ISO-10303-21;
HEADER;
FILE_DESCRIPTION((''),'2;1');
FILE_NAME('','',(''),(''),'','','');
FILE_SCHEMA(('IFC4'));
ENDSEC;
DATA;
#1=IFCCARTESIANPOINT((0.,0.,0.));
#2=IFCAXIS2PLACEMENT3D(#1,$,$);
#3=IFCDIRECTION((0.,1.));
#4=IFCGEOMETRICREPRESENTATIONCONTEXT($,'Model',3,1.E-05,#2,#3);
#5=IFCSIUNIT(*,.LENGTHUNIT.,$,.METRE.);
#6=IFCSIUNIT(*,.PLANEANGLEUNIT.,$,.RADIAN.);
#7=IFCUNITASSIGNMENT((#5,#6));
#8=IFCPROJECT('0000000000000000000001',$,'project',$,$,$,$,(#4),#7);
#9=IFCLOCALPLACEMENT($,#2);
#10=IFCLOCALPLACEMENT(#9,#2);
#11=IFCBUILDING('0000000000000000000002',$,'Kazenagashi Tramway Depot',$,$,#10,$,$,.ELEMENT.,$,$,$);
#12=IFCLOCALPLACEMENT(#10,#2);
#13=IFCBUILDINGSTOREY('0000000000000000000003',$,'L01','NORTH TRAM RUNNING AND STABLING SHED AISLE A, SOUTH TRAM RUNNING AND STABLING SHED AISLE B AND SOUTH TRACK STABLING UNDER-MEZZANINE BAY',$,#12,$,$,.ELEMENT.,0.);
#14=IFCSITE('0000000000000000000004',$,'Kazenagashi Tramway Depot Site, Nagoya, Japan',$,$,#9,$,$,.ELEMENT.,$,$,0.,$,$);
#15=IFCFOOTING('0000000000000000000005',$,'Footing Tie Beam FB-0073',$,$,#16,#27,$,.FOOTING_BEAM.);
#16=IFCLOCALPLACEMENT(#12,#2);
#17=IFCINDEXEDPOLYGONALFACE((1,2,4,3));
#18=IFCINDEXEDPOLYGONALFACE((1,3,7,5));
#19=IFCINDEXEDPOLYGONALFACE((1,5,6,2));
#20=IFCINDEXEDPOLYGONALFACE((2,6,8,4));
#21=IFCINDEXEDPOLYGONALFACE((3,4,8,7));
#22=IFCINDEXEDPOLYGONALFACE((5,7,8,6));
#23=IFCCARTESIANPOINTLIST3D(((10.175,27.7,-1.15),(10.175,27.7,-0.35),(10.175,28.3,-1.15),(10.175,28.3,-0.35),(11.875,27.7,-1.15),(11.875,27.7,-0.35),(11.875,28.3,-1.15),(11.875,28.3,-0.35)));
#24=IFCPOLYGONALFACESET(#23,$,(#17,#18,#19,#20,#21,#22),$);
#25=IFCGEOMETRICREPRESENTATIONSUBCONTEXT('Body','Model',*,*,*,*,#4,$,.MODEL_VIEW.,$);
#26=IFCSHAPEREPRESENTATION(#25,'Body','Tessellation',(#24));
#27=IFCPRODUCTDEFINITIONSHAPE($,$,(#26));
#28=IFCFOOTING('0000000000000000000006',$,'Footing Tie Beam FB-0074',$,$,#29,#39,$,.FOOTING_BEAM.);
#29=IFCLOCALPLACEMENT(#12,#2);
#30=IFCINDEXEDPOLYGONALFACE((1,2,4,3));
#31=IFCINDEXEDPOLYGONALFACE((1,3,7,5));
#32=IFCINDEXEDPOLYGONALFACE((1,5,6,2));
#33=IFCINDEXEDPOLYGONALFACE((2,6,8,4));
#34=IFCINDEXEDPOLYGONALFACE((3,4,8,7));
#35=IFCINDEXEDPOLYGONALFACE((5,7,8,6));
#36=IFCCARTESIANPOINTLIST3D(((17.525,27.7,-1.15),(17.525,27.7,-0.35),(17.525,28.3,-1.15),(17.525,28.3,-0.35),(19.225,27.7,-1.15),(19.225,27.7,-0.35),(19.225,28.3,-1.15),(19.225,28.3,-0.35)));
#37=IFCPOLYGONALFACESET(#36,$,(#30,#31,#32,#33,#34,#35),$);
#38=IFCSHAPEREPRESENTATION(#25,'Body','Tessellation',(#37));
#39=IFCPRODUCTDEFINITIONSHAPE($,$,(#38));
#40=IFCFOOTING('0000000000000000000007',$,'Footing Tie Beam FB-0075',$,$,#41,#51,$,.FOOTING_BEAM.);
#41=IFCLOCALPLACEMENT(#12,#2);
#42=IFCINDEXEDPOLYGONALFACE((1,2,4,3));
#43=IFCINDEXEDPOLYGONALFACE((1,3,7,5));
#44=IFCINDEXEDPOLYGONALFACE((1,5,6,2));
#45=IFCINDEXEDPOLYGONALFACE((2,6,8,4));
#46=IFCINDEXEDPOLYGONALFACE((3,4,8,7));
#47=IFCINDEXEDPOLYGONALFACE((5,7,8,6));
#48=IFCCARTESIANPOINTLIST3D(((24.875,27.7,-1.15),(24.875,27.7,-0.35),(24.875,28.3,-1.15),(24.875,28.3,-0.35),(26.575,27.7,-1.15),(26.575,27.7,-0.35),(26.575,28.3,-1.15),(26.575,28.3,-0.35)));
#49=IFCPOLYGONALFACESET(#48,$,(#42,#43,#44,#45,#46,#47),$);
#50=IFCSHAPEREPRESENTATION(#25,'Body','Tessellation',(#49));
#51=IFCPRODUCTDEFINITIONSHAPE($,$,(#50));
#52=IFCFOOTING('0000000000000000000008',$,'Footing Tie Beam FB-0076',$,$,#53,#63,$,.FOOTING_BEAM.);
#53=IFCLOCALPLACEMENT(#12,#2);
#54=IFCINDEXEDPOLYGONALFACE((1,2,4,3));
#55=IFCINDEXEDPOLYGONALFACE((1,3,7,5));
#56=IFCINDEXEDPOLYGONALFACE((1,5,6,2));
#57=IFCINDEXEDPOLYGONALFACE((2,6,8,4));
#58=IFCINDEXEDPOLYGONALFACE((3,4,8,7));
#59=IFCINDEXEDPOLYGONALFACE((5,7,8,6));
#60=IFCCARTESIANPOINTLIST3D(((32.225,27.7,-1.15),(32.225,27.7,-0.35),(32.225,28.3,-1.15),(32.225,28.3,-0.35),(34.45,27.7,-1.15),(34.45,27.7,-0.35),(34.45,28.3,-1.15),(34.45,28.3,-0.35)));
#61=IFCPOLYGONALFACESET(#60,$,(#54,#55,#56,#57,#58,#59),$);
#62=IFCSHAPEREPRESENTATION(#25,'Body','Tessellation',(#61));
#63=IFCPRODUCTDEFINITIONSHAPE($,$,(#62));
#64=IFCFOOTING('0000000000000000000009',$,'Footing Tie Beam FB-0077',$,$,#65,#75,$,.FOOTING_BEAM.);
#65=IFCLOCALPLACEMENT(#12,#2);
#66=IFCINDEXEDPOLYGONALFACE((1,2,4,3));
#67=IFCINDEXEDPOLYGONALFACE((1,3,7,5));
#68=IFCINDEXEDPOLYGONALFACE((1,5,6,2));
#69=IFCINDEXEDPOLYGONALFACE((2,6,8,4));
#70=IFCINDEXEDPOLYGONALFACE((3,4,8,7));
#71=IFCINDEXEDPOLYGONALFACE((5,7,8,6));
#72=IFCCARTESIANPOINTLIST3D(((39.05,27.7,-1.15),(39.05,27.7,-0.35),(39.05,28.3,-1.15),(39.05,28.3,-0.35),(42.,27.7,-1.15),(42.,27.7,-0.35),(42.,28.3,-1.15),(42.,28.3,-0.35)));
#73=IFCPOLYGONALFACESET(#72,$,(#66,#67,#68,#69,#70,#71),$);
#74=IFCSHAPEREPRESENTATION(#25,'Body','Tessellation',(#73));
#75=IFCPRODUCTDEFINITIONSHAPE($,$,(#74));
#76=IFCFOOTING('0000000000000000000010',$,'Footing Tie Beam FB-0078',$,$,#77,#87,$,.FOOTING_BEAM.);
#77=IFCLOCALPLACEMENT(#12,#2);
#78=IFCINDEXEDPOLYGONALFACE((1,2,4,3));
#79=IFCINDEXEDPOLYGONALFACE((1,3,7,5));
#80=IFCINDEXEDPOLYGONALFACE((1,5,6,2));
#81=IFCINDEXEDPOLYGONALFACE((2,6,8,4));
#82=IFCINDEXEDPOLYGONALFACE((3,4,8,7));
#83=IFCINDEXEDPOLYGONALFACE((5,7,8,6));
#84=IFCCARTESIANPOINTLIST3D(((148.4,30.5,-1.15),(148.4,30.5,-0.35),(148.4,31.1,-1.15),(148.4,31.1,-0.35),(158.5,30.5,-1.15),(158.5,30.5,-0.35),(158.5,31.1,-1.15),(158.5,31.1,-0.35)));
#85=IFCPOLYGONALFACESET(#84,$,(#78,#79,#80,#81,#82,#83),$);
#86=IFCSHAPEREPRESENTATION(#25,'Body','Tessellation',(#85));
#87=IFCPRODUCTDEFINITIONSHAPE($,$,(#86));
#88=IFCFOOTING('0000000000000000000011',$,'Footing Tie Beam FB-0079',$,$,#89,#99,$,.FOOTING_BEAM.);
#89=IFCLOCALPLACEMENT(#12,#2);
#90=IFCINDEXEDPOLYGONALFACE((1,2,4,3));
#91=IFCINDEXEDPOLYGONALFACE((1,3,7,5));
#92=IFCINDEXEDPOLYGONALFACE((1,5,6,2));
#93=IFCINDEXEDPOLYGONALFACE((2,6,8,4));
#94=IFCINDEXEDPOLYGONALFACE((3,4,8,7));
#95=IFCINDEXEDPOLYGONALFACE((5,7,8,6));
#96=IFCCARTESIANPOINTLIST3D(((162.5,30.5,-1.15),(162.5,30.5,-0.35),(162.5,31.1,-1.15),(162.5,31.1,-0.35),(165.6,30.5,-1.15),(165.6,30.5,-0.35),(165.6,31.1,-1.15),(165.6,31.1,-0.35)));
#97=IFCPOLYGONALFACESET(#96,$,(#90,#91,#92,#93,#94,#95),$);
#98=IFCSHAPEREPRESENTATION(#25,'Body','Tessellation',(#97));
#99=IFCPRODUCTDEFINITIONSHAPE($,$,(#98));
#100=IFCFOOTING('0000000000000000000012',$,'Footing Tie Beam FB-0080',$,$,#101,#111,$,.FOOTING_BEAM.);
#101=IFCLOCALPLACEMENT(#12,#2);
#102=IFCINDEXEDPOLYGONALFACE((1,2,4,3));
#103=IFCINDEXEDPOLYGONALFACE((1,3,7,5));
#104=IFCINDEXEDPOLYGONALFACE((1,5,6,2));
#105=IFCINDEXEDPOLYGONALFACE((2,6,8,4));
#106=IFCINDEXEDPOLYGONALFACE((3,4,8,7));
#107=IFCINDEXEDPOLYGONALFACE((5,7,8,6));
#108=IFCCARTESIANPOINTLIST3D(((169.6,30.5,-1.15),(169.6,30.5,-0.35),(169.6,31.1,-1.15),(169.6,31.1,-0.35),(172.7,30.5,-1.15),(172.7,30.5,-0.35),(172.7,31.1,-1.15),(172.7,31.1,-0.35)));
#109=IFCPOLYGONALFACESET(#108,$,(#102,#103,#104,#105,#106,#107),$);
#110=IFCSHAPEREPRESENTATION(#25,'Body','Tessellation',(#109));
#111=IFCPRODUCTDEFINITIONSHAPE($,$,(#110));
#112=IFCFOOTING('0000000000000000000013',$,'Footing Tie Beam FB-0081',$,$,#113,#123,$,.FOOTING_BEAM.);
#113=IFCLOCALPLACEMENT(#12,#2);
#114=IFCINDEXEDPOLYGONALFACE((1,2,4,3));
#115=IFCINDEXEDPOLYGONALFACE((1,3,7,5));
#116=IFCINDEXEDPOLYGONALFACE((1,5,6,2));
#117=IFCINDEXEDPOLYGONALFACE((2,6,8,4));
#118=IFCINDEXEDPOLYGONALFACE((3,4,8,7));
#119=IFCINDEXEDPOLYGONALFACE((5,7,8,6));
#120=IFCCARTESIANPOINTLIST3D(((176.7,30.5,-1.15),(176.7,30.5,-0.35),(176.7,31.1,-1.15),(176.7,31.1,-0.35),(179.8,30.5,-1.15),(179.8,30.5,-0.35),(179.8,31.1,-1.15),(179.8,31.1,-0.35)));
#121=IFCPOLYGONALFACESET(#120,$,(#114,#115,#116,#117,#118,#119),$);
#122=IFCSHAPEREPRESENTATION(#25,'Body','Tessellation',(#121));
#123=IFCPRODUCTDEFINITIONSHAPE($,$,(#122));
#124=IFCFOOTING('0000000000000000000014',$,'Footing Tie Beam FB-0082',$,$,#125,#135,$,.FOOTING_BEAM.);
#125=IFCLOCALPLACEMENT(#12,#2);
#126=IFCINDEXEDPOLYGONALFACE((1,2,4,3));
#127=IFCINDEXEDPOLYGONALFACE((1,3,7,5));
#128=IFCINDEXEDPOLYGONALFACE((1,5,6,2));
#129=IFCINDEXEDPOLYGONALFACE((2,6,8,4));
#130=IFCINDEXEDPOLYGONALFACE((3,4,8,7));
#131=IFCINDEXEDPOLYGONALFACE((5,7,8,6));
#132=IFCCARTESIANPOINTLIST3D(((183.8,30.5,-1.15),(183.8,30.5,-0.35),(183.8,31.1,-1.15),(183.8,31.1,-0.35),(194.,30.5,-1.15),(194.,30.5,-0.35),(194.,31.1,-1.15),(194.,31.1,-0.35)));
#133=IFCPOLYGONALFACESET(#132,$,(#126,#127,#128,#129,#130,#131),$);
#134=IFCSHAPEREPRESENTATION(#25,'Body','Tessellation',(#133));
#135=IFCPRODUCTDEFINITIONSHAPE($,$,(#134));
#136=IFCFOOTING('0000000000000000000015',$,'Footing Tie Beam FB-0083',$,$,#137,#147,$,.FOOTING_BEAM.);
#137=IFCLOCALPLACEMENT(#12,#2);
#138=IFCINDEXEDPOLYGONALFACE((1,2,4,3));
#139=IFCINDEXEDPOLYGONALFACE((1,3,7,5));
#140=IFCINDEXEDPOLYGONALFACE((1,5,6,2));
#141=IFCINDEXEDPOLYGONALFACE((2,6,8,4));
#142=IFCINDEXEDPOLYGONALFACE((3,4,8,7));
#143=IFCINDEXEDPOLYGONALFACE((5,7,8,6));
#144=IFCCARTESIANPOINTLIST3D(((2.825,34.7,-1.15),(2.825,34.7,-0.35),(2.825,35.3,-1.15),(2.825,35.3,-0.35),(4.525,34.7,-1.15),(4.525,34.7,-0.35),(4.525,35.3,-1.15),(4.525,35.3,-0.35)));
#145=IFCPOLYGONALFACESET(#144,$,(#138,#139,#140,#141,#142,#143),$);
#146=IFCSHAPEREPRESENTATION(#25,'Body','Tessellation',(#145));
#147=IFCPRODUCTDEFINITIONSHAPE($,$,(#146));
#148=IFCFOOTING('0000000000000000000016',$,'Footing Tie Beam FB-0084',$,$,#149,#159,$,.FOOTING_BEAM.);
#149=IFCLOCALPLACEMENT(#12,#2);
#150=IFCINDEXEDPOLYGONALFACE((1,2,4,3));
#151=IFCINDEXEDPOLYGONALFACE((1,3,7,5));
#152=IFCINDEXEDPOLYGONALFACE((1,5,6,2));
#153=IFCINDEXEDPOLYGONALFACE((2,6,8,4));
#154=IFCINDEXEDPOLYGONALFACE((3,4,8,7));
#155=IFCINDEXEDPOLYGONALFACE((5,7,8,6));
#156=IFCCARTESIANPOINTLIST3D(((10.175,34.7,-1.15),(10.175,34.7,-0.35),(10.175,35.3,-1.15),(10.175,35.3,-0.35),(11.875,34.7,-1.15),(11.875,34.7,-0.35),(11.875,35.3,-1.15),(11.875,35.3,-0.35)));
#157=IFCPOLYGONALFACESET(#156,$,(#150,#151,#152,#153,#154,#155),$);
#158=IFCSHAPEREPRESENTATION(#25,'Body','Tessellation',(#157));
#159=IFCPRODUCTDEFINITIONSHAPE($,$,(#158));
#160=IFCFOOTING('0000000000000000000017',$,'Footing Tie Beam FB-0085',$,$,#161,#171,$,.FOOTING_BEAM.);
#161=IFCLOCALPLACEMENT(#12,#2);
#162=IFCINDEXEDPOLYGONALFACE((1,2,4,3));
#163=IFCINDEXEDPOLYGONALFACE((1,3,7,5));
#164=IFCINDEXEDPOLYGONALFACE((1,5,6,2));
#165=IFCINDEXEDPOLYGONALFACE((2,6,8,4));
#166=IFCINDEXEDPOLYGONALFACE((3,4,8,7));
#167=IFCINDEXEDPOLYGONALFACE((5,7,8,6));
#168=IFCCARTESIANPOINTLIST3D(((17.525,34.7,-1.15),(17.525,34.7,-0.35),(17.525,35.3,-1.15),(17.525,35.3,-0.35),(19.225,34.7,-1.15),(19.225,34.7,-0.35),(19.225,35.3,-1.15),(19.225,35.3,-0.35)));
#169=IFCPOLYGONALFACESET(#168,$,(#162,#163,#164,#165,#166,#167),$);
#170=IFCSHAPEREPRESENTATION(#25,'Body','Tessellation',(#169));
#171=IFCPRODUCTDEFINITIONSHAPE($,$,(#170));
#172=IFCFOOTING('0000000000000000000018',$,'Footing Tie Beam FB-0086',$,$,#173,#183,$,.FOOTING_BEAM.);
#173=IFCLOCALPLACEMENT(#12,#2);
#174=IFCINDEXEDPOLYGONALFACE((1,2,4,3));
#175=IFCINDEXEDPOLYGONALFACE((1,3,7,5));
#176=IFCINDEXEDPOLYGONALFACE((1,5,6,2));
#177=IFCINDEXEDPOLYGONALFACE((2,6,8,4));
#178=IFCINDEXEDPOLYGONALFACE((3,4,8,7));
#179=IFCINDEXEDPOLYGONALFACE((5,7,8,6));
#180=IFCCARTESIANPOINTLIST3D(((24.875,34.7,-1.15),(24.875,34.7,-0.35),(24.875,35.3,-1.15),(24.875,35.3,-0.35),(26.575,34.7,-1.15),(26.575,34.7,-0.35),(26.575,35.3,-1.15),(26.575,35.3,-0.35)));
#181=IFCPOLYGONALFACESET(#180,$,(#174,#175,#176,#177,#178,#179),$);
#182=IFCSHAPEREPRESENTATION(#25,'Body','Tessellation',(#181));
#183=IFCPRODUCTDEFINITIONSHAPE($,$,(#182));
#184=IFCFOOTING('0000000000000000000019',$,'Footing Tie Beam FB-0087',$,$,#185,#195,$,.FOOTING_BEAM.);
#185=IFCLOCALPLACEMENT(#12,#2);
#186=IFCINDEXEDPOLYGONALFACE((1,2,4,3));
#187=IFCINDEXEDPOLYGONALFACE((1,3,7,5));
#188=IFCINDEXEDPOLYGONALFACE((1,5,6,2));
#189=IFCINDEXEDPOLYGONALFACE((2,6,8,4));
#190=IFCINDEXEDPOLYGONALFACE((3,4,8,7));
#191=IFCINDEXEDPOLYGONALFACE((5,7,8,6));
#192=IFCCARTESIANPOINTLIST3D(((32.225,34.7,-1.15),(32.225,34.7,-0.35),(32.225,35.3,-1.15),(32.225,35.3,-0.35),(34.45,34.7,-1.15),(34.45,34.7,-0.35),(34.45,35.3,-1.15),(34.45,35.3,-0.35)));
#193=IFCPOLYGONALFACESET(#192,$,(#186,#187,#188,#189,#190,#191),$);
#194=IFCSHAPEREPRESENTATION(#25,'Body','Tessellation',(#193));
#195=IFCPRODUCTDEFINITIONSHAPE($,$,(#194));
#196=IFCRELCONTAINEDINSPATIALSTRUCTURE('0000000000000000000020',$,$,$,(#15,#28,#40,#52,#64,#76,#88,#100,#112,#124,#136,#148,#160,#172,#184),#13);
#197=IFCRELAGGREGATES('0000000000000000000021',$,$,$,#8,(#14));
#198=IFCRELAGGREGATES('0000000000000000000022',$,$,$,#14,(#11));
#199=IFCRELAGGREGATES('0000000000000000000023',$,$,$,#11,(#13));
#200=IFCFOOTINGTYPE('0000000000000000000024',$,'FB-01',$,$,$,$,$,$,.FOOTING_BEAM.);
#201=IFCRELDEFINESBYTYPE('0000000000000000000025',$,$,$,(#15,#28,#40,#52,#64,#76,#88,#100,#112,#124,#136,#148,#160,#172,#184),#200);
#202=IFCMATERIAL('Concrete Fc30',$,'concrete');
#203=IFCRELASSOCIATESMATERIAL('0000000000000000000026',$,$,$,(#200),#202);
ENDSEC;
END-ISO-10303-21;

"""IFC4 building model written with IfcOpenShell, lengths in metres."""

from ifc_helpers import new_model, si_unit, direction, frame, origin, place, context, subcontext, project, spatial, polyline, outline, extrude, material, type_object, element, save


model = new_model("IFC4")

# Units and contexts
model_context = context("Model", 3, precision=1e-05, world=origin(), true_north=direction((0.0, 1.0)))
body_context = subcontext(model_context, "Body", "Model", "MODEL_VIEW")
ifc_project = project(units=[si_unit("LENGTHUNIT", "METRE"), si_unit("PLANEANGLEUNIT", "RADIAN")], contexts=[model_context])

# Site, building, storey
site_placement = place(None, origin())
site = spatial("IfcSite", under=ifc_project, at=site_placement, Name="Kazenagashi Tramway Depot Site, Nagoya, Japan", CompositionType="ELEMENT", RefElevation=0.0)
building_placement = place(site_placement, origin())
building = spatial("IfcBuilding", under=site, at=building_placement, Name="Kazenagashi Tramway Depot", CompositionType="ELEMENT")
storey_placement = place(building_placement, origin())
storey = spatial("IfcBuildingStorey", under=building, at=storey_placement, Name="L01", Description="NORTH TRAM RUNNING AND STABLING SHED AISLE A, SOUTH TRAM RUNNING AND STABLING SHED AISLE B AND SOUTH TRACK STABLING UNDER-MEZZANINE BAY", CompositionType="ELEMENT", Elevation=0.0)

# Footings
ifc_material = material(Name="Concrete Fc30", Category="concrete")
footing_type = type_object("IfcFootingType", Name="FB-01", PredefinedType="FOOTING_BEAM", material=ifc_material)
footing_1_placement = place(storey_placement, frame((0.0, 0.0, -1.15)))
element("IfcFooting", 1, at=footing_1_placement, inside=storey, type_object=footing_type, Name="Footing Tie Beam FB-0073", PredefinedType="FOOTING_BEAM", context=body_context, shape_type="SweptSolid", body=[
    extrude(outline(polyline([(10.175, 27.7), (11.875, 27.7), (11.875, 28.3), (10.175, 28.3), (10.175, 27.7)])), origin(), (0.0, 0.0, 1.0), 0.8),
])
footing_2_placement = place(storey_placement, frame((0.0, 0.0, -1.15)))
element("IfcFooting", 2, at=footing_2_placement, inside=storey, type_object=footing_type, Name="Footing Tie Beam FB-0074", PredefinedType="FOOTING_BEAM", context=body_context, shape_type="SweptSolid", body=[
    extrude(outline(polyline([(17.525, 27.7), (19.225, 27.7), (19.225, 28.3), (17.525, 28.3), (17.525, 27.7)])), origin(), (0.0, 0.0, 1.0), 0.8),
])
footing_3_placement = place(storey_placement, frame((0.0, 0.0, -1.15)))
element("IfcFooting", 3, at=footing_3_placement, inside=storey, type_object=footing_type, Name="Footing Tie Beam FB-0075", PredefinedType="FOOTING_BEAM", context=body_context, shape_type="SweptSolid", body=[
    extrude(outline(polyline([(24.875, 27.7), (26.575, 27.7), (26.575, 28.3), (24.875, 28.3), (24.875, 27.7)])), origin(), (0.0, 0.0, 1.0), 0.8),
])
footing_4_placement = place(storey_placement, frame((0.0, 0.0, -1.15)))
element("IfcFooting", 4, at=footing_4_placement, inside=storey, type_object=footing_type, Name="Footing Tie Beam FB-0076", PredefinedType="FOOTING_BEAM", context=body_context, shape_type="SweptSolid", body=[
    extrude(outline(polyline([(32.225, 27.7), (34.45, 27.7), (34.45, 28.3), (32.225, 28.3), (32.225, 27.7)])), origin(), (0.0, 0.0, 1.0), 0.8),
])
footing_5_placement = place(storey_placement, frame((0.0, 0.0, -1.15)))
element("IfcFooting", 5, at=footing_5_placement, inside=storey, type_object=footing_type, Name="Footing Tie Beam FB-0077", PredefinedType="FOOTING_BEAM", context=body_context, shape_type="SweptSolid", body=[
    extrude(outline(polyline([(39.05, 27.7), (42.0, 27.7), (42.0, 28.3), (39.05, 28.3), (39.05, 27.7)])), origin(), (0.0, 0.0, 1.0), 0.8),
])
footing_6_placement = place(storey_placement, frame((0.0, 0.0, -1.15)))
element("IfcFooting", 6, at=footing_6_placement, inside=storey, type_object=footing_type, Name="Footing Tie Beam FB-0078", PredefinedType="FOOTING_BEAM", context=body_context, shape_type="SweptSolid", body=[
    extrude(outline(polyline([(148.4, 30.5), (158.5, 30.5), (158.5, 31.1), (148.4, 31.1), (148.4, 30.5)])), origin(), (0.0, 0.0, 1.0), 0.8),
])
footing_7_placement = place(storey_placement, frame((0.0, 0.0, -1.15)))
element("IfcFooting", 7, at=footing_7_placement, inside=storey, type_object=footing_type, Name="Footing Tie Beam FB-0079", PredefinedType="FOOTING_BEAM", context=body_context, shape_type="SweptSolid", body=[
    extrude(outline(polyline([(162.5, 30.5), (165.6, 30.5), (165.6, 31.1), (162.5, 31.1), (162.5, 30.5)])), origin(), (0.0, 0.0, 1.0), 0.8),
])
footing_8_placement = place(storey_placement, frame((0.0, 0.0, -1.15)))
element("IfcFooting", 8, at=footing_8_placement, inside=storey, type_object=footing_type, Name="Footing Tie Beam FB-0080", PredefinedType="FOOTING_BEAM", context=body_context, shape_type="SweptSolid", body=[
    extrude(outline(polyline([(169.6, 30.5), (172.7, 30.5), (172.7, 31.1), (169.6, 31.1), (169.6, 30.5)])), origin(), (0.0, 0.0, 1.0), 0.8),
])
footing_9_placement = place(storey_placement, frame((0.0, 0.0, -1.15)))
element("IfcFooting", 9, at=footing_9_placement, inside=storey, type_object=footing_type, Name="Footing Tie Beam FB-0081", PredefinedType="FOOTING_BEAM", context=body_context, shape_type="SweptSolid", body=[
    extrude(outline(polyline([(176.7, 30.5), (179.8, 30.5), (179.8, 31.1), (176.7, 31.1), (176.7, 30.5)])), origin(), (0.0, 0.0, 1.0), 0.8),
])
footing_10_placement = place(storey_placement, frame((0.0, 0.0, -1.15)))
element("IfcFooting", 10, at=footing_10_placement, inside=storey, type_object=footing_type, Name="Footing Tie Beam FB-0082", PredefinedType="FOOTING_BEAM", context=body_context, shape_type="SweptSolid", body=[
    extrude(outline(polyline([(183.8, 30.5), (194.0, 30.5), (194.0, 31.1), (183.8, 31.1), (183.8, 30.5)])), origin(), (0.0, 0.0, 1.0), 0.8),
])
footing_11_placement = place(storey_placement, frame((0.0, 0.0, -1.15)))
element("IfcFooting", 11, at=footing_11_placement, inside=storey, type_object=footing_type, Name="Footing Tie Beam FB-0083", PredefinedType="FOOTING_BEAM", context=body_context, shape_type="SweptSolid", body=[
    extrude(outline(polyline([(2.825, 34.7), (4.525, 34.7), (4.525, 35.3), (2.825, 35.3), (2.825, 34.7)])), origin(), (0.0, 0.0, 1.0), 0.8),
])
footing_12_placement = place(storey_placement, frame((0.0, 0.0, -1.15)))
element("IfcFooting", 12, at=footing_12_placement, inside=storey, type_object=footing_type, Name="Footing Tie Beam FB-0084", PredefinedType="FOOTING_BEAM", context=body_context, shape_type="SweptSolid", body=[
    extrude(outline(polyline([(10.175, 34.7), (11.875, 34.7), (11.875, 35.3), (10.175, 35.3), (10.175, 34.7)])), origin(), (0.0, 0.0, 1.0), 0.8),
])
footing_13_placement = place(storey_placement, frame((0.0, 0.0, -1.15)))
element("IfcFooting", 13, at=footing_13_placement, inside=storey, type_object=footing_type, Name="Footing Tie Beam FB-0085", PredefinedType="FOOTING_BEAM", context=body_context, shape_type="SweptSolid", body=[
    extrude(outline(polyline([(17.525, 34.7), (19.225, 34.7), (19.225, 35.3), (17.525, 35.3), (17.525, 34.7)])), origin(), (0.0, 0.0, 1.0), 0.8),
])
footing_14_placement = place(storey_placement, frame((0.0, 0.0, -1.15)))
element("IfcFooting", 14, at=footing_14_placement, inside=storey, type_object=footing_type, Name="Footing Tie Beam FB-0086", PredefinedType="FOOTING_BEAM", context=body_context, shape_type="SweptSolid", body=[
    extrude(outline(polyline([(24.875, 34.7), (26.575, 34.7), (26.575, 35.3), (24.875, 35.3), (24.875, 34.7)])), origin(), (0.0, 0.0, 1.0), 0.8),
])
footing_15_placement = place(storey_placement, frame((0.0, 0.0, -1.15)))
element("IfcFooting", 15, at=footing_15_placement, inside=storey, type_object=footing_type, Name="Footing Tie Beam FB-0087", PredefinedType="FOOTING_BEAM", context=body_context, shape_type="SweptSolid", body=[
    extrude(outline(polyline([(32.225, 34.7), (34.45, 34.7), (34.45, 35.3), (32.225, 35.3), (32.225, 34.7)])), origin(), (0.0, 0.0, 1.0), 0.8),
])

save(model, "model.ifc")
